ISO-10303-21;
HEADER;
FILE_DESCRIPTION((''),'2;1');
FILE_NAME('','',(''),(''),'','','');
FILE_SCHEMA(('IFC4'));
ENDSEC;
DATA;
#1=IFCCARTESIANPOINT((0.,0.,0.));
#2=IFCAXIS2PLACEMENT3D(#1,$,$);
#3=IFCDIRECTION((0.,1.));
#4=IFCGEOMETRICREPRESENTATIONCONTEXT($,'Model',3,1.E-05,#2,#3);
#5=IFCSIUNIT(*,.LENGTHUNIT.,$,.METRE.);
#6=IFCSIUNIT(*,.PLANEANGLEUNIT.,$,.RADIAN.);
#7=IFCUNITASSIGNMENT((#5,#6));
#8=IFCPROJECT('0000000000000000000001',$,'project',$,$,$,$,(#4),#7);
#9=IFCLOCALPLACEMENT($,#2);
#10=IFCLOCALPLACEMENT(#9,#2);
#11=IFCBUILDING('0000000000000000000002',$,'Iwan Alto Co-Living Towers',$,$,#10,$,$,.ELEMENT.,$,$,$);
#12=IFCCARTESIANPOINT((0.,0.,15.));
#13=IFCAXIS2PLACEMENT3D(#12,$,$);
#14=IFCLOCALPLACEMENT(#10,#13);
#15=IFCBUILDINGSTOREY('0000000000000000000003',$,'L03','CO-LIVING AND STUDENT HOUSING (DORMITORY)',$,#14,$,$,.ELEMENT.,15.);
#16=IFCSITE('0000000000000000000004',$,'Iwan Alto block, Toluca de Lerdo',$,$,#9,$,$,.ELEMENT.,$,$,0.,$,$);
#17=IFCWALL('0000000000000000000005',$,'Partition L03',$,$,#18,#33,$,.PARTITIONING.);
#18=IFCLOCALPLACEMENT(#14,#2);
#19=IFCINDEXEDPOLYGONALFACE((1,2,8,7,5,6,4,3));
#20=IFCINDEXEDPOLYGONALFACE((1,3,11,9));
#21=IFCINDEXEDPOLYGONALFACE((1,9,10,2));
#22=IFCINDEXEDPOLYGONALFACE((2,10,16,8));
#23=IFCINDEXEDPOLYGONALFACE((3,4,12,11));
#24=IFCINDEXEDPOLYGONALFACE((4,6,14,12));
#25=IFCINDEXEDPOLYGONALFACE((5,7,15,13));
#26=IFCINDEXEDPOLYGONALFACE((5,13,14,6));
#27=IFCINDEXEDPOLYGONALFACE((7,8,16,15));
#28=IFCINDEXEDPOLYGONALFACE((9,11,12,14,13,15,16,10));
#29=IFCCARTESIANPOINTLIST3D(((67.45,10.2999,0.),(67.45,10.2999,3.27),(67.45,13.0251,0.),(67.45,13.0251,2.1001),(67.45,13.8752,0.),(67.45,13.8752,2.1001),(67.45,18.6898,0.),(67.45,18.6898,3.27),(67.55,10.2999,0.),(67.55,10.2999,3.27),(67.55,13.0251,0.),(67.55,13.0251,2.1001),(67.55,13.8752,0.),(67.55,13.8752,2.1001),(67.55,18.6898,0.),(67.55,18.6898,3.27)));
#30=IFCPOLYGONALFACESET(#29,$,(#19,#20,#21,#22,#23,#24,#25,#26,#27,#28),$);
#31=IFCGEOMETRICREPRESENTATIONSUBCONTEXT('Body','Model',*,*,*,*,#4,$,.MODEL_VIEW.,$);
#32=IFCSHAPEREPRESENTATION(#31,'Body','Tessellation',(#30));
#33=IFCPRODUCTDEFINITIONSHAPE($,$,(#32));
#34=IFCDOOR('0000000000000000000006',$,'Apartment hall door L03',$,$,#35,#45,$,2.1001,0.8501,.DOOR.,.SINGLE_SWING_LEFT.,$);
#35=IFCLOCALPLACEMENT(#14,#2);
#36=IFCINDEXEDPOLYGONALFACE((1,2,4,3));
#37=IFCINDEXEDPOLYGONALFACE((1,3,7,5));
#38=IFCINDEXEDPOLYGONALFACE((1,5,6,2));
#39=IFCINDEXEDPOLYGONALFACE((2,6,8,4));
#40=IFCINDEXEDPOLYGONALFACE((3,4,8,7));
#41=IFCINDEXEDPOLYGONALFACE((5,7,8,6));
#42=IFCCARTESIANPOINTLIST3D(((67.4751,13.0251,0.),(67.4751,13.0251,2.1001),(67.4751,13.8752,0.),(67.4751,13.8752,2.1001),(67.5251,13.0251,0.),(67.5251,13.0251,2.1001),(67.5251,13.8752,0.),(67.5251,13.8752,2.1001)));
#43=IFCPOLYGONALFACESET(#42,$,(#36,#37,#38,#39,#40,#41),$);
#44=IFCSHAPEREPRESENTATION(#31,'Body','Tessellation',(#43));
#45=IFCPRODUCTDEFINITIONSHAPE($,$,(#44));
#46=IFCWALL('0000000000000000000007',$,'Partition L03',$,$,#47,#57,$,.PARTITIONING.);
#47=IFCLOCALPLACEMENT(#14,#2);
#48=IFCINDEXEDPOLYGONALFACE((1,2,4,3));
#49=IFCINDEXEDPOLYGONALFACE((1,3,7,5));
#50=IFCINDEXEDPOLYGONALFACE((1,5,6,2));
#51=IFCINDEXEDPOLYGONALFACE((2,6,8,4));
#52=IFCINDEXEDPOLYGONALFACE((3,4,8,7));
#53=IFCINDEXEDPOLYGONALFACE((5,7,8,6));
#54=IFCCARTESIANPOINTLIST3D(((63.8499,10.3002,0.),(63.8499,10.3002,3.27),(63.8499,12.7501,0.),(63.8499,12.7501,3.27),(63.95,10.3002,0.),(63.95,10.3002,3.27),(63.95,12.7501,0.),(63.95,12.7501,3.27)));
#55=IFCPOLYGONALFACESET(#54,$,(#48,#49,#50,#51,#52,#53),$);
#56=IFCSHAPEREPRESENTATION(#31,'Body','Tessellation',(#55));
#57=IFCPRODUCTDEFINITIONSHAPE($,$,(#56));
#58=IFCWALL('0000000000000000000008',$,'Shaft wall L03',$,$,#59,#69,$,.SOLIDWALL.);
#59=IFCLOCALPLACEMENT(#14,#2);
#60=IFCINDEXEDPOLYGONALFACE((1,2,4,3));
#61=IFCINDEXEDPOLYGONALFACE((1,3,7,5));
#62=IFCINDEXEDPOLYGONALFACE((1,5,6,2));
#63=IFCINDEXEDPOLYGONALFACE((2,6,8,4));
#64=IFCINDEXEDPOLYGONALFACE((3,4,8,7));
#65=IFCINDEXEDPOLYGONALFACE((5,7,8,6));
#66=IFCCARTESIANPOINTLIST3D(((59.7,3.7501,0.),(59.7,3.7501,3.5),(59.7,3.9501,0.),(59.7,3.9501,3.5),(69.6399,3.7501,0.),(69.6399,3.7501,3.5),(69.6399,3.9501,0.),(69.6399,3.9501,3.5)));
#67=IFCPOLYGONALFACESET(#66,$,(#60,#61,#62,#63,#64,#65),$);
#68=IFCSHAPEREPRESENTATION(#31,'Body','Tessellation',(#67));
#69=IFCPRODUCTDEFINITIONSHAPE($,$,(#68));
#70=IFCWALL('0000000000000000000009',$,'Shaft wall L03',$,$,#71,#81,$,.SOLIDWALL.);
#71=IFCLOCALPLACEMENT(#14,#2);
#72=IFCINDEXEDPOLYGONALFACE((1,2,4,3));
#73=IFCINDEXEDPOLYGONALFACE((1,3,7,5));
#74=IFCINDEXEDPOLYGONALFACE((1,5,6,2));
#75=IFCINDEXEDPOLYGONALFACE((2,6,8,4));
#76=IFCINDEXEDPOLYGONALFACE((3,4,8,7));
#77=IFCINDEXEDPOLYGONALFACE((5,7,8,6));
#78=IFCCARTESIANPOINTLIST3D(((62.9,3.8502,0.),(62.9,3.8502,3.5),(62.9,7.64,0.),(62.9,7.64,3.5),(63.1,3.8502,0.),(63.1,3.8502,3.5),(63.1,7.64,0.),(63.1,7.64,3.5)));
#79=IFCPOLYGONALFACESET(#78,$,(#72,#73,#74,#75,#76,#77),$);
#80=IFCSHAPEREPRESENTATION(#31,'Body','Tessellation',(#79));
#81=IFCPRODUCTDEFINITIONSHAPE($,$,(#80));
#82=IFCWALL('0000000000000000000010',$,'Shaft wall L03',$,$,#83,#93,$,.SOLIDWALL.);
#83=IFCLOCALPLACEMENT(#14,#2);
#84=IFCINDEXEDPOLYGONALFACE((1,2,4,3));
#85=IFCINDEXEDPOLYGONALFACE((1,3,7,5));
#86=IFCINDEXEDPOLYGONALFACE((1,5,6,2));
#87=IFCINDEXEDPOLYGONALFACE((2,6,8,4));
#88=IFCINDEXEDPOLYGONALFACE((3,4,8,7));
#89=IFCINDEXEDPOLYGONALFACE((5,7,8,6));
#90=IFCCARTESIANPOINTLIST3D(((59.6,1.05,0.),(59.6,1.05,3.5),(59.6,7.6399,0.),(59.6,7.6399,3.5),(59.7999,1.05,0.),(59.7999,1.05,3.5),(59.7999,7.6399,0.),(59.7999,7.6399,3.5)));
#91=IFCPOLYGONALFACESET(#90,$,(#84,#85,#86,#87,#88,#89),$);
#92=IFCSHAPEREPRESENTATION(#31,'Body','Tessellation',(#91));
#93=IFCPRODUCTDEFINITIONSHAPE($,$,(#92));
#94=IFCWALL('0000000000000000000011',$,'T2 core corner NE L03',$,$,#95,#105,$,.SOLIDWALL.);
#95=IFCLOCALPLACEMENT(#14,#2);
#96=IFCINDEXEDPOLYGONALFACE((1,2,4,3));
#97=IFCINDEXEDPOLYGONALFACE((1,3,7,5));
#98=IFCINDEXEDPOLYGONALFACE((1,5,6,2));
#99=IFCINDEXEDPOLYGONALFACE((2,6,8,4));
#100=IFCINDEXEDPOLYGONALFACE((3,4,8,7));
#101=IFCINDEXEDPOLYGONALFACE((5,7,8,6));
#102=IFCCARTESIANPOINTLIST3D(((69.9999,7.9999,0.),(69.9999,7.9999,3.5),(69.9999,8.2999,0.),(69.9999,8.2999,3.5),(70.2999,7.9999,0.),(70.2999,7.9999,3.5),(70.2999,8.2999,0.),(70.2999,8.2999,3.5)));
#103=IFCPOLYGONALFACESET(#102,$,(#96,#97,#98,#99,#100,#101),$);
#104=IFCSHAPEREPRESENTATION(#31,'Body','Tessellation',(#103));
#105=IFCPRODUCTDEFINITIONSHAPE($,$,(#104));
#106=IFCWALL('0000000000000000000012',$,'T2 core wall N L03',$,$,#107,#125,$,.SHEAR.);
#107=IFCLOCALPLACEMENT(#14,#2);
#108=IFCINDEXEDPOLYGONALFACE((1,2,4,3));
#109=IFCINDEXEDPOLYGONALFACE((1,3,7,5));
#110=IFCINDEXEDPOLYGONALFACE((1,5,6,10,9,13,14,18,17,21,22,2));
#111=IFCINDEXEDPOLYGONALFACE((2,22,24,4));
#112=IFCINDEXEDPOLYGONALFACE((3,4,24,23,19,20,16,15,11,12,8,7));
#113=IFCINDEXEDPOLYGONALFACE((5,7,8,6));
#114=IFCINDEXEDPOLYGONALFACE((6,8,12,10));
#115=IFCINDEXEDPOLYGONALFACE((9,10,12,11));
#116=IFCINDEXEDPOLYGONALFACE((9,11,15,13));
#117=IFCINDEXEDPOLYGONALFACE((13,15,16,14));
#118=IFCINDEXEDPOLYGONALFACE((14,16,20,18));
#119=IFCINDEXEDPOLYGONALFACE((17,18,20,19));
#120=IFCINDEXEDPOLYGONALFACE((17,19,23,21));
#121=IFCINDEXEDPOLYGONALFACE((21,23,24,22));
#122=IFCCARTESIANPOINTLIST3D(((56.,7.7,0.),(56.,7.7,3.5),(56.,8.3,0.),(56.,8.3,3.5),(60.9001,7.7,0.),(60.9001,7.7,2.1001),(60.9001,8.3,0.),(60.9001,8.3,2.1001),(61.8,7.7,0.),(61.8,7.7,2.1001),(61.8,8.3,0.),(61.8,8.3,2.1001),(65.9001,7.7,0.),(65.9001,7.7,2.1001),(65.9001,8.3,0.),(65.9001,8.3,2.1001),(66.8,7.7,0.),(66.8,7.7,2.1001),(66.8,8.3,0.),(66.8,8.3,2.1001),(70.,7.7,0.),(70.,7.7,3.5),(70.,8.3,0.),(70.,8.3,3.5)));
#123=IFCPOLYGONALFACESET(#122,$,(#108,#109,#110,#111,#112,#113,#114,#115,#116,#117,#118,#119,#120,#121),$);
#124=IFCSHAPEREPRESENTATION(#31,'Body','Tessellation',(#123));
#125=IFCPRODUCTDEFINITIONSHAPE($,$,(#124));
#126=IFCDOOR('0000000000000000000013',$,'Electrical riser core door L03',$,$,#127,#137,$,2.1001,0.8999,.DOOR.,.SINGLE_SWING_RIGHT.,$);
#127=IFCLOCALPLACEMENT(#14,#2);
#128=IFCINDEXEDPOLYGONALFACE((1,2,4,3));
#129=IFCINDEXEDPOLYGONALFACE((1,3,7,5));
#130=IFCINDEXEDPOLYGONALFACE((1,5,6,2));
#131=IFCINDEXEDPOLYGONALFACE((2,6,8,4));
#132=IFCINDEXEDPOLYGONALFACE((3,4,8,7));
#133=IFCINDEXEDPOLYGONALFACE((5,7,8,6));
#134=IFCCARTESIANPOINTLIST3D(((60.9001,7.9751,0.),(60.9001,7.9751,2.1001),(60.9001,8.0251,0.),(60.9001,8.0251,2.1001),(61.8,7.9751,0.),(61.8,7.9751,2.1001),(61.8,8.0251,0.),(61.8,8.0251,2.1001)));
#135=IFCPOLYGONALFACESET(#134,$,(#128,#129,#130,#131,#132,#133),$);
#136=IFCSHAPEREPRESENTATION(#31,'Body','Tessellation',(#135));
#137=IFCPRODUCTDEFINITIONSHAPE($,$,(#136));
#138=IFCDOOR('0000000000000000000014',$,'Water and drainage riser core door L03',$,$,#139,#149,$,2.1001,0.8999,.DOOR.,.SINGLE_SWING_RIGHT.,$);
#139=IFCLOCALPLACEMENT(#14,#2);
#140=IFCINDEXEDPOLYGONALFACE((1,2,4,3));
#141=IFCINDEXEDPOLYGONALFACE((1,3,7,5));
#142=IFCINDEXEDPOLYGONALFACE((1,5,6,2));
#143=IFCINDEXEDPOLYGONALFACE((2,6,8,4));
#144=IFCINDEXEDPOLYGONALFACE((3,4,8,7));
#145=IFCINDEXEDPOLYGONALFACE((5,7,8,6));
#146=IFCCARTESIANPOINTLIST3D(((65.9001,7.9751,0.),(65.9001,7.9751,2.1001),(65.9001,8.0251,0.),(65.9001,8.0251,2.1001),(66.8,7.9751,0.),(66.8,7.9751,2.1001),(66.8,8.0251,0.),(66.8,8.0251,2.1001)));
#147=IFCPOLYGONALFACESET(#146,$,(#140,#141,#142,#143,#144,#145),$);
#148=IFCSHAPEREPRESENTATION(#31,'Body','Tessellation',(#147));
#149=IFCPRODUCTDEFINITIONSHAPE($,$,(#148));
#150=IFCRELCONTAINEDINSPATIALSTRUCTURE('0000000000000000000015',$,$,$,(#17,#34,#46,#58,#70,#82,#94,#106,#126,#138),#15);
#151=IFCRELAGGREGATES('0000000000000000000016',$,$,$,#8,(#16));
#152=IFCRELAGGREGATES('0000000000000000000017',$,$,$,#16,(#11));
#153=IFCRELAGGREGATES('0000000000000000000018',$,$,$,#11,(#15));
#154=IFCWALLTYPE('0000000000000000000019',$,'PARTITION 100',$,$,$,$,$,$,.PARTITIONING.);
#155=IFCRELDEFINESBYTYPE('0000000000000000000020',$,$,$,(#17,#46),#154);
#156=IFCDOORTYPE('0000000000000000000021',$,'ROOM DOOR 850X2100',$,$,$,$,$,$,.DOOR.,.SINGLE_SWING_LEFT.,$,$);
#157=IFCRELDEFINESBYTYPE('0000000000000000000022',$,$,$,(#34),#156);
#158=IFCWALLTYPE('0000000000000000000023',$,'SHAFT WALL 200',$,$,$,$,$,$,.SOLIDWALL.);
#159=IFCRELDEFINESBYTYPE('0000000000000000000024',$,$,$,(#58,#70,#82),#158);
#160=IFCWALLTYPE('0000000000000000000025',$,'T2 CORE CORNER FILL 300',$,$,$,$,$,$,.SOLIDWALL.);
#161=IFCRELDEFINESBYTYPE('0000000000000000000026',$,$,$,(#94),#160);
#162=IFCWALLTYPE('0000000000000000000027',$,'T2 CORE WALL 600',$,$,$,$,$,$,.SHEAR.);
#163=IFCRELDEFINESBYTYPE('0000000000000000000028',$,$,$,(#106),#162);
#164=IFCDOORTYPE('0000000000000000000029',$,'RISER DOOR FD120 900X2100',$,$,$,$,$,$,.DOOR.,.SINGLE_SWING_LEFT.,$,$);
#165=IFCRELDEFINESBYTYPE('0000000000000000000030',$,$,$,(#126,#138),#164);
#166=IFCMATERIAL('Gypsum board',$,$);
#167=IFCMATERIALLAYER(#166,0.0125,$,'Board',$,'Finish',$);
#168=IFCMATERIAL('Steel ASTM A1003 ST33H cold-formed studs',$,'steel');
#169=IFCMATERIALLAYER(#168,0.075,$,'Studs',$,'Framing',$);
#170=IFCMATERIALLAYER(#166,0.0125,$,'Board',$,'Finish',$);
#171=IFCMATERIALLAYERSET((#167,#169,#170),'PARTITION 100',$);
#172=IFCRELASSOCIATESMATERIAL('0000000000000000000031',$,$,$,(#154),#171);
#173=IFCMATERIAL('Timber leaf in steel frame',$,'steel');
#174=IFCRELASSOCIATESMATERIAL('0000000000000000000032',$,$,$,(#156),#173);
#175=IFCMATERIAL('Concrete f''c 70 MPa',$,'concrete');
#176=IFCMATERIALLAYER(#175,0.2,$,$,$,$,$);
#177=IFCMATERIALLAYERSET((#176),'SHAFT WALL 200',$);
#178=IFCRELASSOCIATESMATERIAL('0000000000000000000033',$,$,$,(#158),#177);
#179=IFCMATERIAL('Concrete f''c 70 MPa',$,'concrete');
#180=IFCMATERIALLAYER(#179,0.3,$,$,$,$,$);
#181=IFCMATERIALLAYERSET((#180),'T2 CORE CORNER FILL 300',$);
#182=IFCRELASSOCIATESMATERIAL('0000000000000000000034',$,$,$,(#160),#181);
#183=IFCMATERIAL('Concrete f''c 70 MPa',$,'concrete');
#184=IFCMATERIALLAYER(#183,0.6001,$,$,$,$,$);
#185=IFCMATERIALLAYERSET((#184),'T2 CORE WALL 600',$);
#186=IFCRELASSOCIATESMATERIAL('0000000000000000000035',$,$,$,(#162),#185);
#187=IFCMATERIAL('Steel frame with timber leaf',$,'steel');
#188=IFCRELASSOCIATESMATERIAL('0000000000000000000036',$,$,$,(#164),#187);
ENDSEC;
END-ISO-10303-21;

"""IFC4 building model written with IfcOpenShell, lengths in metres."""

from ifc_helpers import new_model, si_unit, direction, frame, frame_2d, origin, place, context, subcontext, project, spatial, rectangle, extrude, material, layer, layer_set, type_object, element, fill, save


model = new_model("IFC4")

# Units and contexts
model_context = context("Model", 3, precision=1e-05, world=origin(), true_north=direction((0.0, 1.0)))
body_context = subcontext(model_context, "Body", "Model", "MODEL_VIEW")
ifc_project = project(units=[si_unit("LENGTHUNIT", "METRE"), si_unit("PLANEANGLEUNIT", "RADIAN")], contexts=[model_context])

# Site, building, storey
site_placement = place(None, origin())
site = spatial("IfcSite", under=ifc_project, at=site_placement, Name="Iwan Alto block, Toluca de Lerdo", CompositionType="ELEMENT", RefElevation=0.0)
building_placement = place(site_placement, origin())
building = spatial("IfcBuilding", under=site, at=building_placement, Name="Iwan Alto Co-Living Towers", CompositionType="ELEMENT")
storey_placement = place(building_placement, frame((0.0, 0.0, 15.0)))
storey = spatial("IfcBuildingStorey", under=building, at=storey_placement, Name="L03", Description="CO-LIVING AND STUDENT HOUSING (DORMITORY)", CompositionType="ELEMENT", Elevation=15.0)

# Wall, opening, door
ifc_material_1 = material(Name="Gypsum board")
ifc_layer_1 = layer(ifc_material_1, 0.0125, Name="Board", Category="Finish")
ifc_material_2 = material(Name="Steel ASTM A1003 ST33H cold-formed studs", Category="steel")
ifc_layer_2 = layer(ifc_material_2, 0.075, Name="Studs", Category="Framing")
ifc_layer_3 = layer(ifc_material_1, 0.0125, Name="Board", Category="Finish")
ifc_layer_set_1 = layer_set([ifc_layer_1, ifc_layer_2, ifc_layer_3], Name="PARTITION 100")
wall_type_1 = type_object("IfcWallType", Name="PARTITION 100", PredefinedType="PARTITIONING", material=ifc_layer_set_1)
wall_1_placement = place(storey_placement, frame((67.5, 10.3, 0.0), z_axis=(0.0, 0.0, 1.0), x_axis=(0.0, 1.0, 0.0)))
wall_1 = element("IfcWall", 1, at=wall_1_placement, inside=storey, type_object=wall_type_1, Name="Partition L03", PredefinedType="PARTITIONING", context=body_context, shape_type="SweptSolid", body=[
    extrude(rectangle(XDim=8.3899, YDim=0.1001, at=frame_2d((4.1948, 0.0))), origin(), (0.0, 0.0, 1.0), 3.27),
])
opening_1_placement = place(wall_1_placement, frame((2.7251, 0.0, 0.0)))
opening_1 = element("IfcOpeningElement", 2, at=opening_1_placement, cuts=wall_1, PredefinedType="OPENING", context=body_context, shape_type="SweptSolid", body=[
    extrude(rectangle(XDim=0.8501, YDim=2.1001, at=frame_2d((0.425, 1.05))), frame((0.0, 0.0601, 0.0), z_axis=(0.0, -1.0, 0.0), x_axis=(1.0, 0.0, 0.0)), (0.0, 0.0, 1.0), 0.1201),
])
ifc_material_3 = material(Name="Timber leaf in steel frame", Category="steel")
door_type_1 = type_object("IfcDoorType", Name="ROOM DOOR 850X2100", OperationType="SINGLE_SWING_LEFT", PredefinedType="DOOR", material=ifc_material_3)
door_1_placement = place(opening_1_placement, origin())
door_1 = element("IfcDoor", 3, at=door_1_placement, inside=storey, type_object=door_type_1, Name="Apartment hall door L03", OperationType="SINGLE_SWING_LEFT", OverallHeight=2.1001, OverallWidth=0.8501, PredefinedType="DOOR", context=body_context, shape_type="SweptSolid", body=[
    extrude(rectangle(XDim=0.8501, YDim=2.1001, at=frame_2d((0.425, 1.05))), frame((0.0, 0.0249, 0.0), z_axis=(0.0, -1.0, 0.0), x_axis=(1.0, 0.0, 0.0)), (0.0, 0.0, 1.0), 0.05),
])
fill(opening_1, door_1)

# Walls
wall_2_placement = place(storey_placement, frame((63.8999, 10.3, 0.0), z_axis=(0.0, 0.0, 1.0), x_axis=(0.0, 1.0, 0.0)))
element("IfcWall", 4, at=wall_2_placement, inside=storey, type_object=wall_type_1, Name="Partition L03", PredefinedType="PARTITIONING", context=body_context, shape_type="SweptSolid", body=[
    extrude(rectangle(XDim=2.45, YDim=0.1001, at=frame_2d((1.2251, 0.0))), origin(), (0.0, 0.0, 1.0), 3.27),
])
ifc_material_4 = material(Name="Concrete f'c 70 MPa", Category="concrete")
ifc_layer_4 = layer(ifc_material_4, 0.2)
ifc_layer_set_2 = layer_set([ifc_layer_4], Name="SHAFT WALL 200")
wall_type_2 = type_object("IfcWallType", Name="SHAFT WALL 200", PredefinedType="SOLIDWALL", material=ifc_layer_set_2)
wall_3_placement = place(storey_placement, frame((59.7, 3.8501, 0.0), z_axis=(0.0, 0.0, 1.0), x_axis=(1.0, 0.0, 0.0)))
element("IfcWall", 5, at=wall_3_placement, inside=storey, type_object=wall_type_2, Name="Shaft wall L03", PredefinedType="SOLIDWALL", context=body_context, shape_type="SweptSolid", body=[
    extrude(rectangle(XDim=9.9399, YDim=0.2, at=frame_2d((4.97, 0.0))), origin(), (0.0, 0.0, 1.0), 3.5),
])
wall_4_placement = place(storey_placement, frame((63.0, 3.8501, 0.0), z_axis=(0.0, 0.0, 1.0), x_axis=(0.0, 1.0, 0.0)))
element("IfcWall", 6, at=wall_4_placement, inside=storey, type_object=wall_type_2, Name="Shaft wall L03", PredefinedType="SOLIDWALL", context=body_context, shape_type="SweptSolid", body=[
    extrude(rectangle(XDim=3.7898, YDim=0.2, at=frame_2d((1.895, 0.0))), origin(), (0.0, 0.0, 1.0), 3.5),
])
wall_5_placement = place(storey_placement, frame((59.7, 1.05, 0.0), z_axis=(0.0, 0.0, 1.0), x_axis=(0.0, 1.0, 0.0)))
element("IfcWall", 7, at=wall_5_placement, inside=storey, type_object=wall_type_2, Name="Shaft wall L03", PredefinedType="SOLIDWALL", context=body_context, shape_type="SweptSolid", body=[
    extrude(rectangle(XDim=6.5898, YDim=0.2, at=frame_2d((3.2949, 0.0))), origin(), (0.0, 0.0, 1.0), 3.5),
])
ifc_material_5 = material(Name="Concrete f'c 70 MPa", Category="concrete")
ifc_layer_5 = layer(ifc_material_5, 0.3)
ifc_layer_set_3 = layer_set([ifc_layer_5], Name="T2 CORE CORNER FILL 300")
wall_type_3 = type_object("IfcWallType", Name="T2 CORE CORNER FILL 300", PredefinedType="SOLIDWALL", material=ifc_layer_set_3)
wall_6_placement = place(storey_placement, frame((70.0, 8.1499, 0.0), z_axis=(0.0, 0.0, 1.0), x_axis=(1.0, 0.0, 0.0)))
element("IfcWall", 8, at=wall_6_placement, inside=storey, type_object=wall_type_3, Name="T2 core corner NE L03", PredefinedType="SOLIDWALL", context=body_context, shape_type="SweptSolid", body=[
    extrude(rectangle(XDim=0.3, YDim=0.3, at=frame_2d((0.1499, 0.0))), origin(), (0.0, 0.0, 1.0), 3.5),
])

# Wall, openings, doors
ifc_material_6 = material(Name="Concrete f'c 70 MPa", Category="concrete")
ifc_layer_6 = layer(ifc_material_6, 0.6001)
ifc_layer_set_4 = layer_set([ifc_layer_6], Name="T2 CORE WALL 600")
wall_type_4 = type_object("IfcWallType", Name="T2 CORE WALL 600", PredefinedType="SHEAR", material=ifc_layer_set_4)
wall_7_placement = place(storey_placement, frame((70.0, 8.0, 0.0), z_axis=(0.0, 0.0, 1.0), x_axis=(-1.0, 0.0, 0.0)))
wall_7 = element("IfcWall", 9, at=wall_7_placement, inside=storey, type_object=wall_type_4, Name="T2 core wall N L03", PredefinedType="SHEAR", context=body_context, shape_type="SweptSolid", body=[
    extrude(rectangle(XDim=14.0, YDim=0.6001, at=frame_2d((7.0, 0.0))), origin(), (0.0, 0.0, 1.0), 3.5),
])
opening_2_placement = place(wall_7_placement, frame((8.2, 0.0, 0.0)))
opening_2 = element("IfcOpeningElement", 10, at=opening_2_placement, cuts=wall_7, PredefinedType="OPENING", context=body_context, shape_type="SweptSolid", body=[
    extrude(rectangle(XDim=0.8999, YDim=2.1001, at=frame_2d((0.45, 1.05))), frame((0.0, 0.3101, 0.0), z_axis=(0.0, -1.0, 0.0), x_axis=(1.0, 0.0, 0.0)), (0.0, 0.0, 1.0), 0.6201),
])
opening_3_placement = place(wall_7_placement, frame((3.2, 0.0, 0.0)))
opening_3 = element("IfcOpeningElement", 11, at=opening_3_placement, cuts=wall_7, PredefinedType="OPENING", context=body_context, shape_type="SweptSolid", body=[
    extrude(rectangle(XDim=0.8999, YDim=2.1001, at=frame_2d((0.45, 1.05))), frame((0.0, 0.3101, 0.0), z_axis=(0.0, -1.0, 0.0), x_axis=(1.0, 0.0, 0.0)), (0.0, 0.0, 1.0), 0.6201),
])
ifc_material_7 = material(Name="Steel frame with timber leaf", Category="steel")
door_type_2 = type_object("IfcDoorType", Name="RISER DOOR FD120 900X2100", OperationType="SINGLE_SWING_LEFT", PredefinedType="DOOR", material=ifc_material_7)
door_2_placement = place(opening_2_placement, origin())
door_2 = element("IfcDoor", 12, at=door_2_placement, inside=storey, type_object=door_type_2, Name="Electrical riser core door L03", OperationType="SINGLE_SWING_RIGHT", OverallHeight=2.1001, OverallWidth=0.8999, PredefinedType="DOOR", context=body_context, shape_type="SweptSolid", body=[
    extrude(rectangle(XDim=0.8999, YDim=2.1001, at=frame_2d((0.45, 1.05))), frame((0.0, 0.0249, 0.0), z_axis=(0.0, -1.0, 0.0), x_axis=(1.0, 0.0, 0.0)), (0.0, 0.0, 1.0), 0.05),
])
fill(opening_2, door_2)
door_3_placement = place(opening_3_placement, origin())
door_3 = element("IfcDoor", 13, at=door_3_placement, inside=storey, type_object=door_type_2, Name="Water and drainage riser core door L03", OperationType="SINGLE_SWING_RIGHT", OverallHeight=2.1001, OverallWidth=0.8999, PredefinedType="DOOR", context=body_context, shape_type="SweptSolid", body=[
    extrude(rectangle(XDim=0.8999, YDim=2.1001, at=frame_2d((0.45, 1.05))), frame((0.0, 0.0249, 0.0), z_axis=(0.0, -1.0, 0.0), x_axis=(1.0, 0.0, 0.0)), (0.0, 0.0, 1.0), 0.05),
])
fill(opening_3, door_3)

save(model, "model.ifc")
